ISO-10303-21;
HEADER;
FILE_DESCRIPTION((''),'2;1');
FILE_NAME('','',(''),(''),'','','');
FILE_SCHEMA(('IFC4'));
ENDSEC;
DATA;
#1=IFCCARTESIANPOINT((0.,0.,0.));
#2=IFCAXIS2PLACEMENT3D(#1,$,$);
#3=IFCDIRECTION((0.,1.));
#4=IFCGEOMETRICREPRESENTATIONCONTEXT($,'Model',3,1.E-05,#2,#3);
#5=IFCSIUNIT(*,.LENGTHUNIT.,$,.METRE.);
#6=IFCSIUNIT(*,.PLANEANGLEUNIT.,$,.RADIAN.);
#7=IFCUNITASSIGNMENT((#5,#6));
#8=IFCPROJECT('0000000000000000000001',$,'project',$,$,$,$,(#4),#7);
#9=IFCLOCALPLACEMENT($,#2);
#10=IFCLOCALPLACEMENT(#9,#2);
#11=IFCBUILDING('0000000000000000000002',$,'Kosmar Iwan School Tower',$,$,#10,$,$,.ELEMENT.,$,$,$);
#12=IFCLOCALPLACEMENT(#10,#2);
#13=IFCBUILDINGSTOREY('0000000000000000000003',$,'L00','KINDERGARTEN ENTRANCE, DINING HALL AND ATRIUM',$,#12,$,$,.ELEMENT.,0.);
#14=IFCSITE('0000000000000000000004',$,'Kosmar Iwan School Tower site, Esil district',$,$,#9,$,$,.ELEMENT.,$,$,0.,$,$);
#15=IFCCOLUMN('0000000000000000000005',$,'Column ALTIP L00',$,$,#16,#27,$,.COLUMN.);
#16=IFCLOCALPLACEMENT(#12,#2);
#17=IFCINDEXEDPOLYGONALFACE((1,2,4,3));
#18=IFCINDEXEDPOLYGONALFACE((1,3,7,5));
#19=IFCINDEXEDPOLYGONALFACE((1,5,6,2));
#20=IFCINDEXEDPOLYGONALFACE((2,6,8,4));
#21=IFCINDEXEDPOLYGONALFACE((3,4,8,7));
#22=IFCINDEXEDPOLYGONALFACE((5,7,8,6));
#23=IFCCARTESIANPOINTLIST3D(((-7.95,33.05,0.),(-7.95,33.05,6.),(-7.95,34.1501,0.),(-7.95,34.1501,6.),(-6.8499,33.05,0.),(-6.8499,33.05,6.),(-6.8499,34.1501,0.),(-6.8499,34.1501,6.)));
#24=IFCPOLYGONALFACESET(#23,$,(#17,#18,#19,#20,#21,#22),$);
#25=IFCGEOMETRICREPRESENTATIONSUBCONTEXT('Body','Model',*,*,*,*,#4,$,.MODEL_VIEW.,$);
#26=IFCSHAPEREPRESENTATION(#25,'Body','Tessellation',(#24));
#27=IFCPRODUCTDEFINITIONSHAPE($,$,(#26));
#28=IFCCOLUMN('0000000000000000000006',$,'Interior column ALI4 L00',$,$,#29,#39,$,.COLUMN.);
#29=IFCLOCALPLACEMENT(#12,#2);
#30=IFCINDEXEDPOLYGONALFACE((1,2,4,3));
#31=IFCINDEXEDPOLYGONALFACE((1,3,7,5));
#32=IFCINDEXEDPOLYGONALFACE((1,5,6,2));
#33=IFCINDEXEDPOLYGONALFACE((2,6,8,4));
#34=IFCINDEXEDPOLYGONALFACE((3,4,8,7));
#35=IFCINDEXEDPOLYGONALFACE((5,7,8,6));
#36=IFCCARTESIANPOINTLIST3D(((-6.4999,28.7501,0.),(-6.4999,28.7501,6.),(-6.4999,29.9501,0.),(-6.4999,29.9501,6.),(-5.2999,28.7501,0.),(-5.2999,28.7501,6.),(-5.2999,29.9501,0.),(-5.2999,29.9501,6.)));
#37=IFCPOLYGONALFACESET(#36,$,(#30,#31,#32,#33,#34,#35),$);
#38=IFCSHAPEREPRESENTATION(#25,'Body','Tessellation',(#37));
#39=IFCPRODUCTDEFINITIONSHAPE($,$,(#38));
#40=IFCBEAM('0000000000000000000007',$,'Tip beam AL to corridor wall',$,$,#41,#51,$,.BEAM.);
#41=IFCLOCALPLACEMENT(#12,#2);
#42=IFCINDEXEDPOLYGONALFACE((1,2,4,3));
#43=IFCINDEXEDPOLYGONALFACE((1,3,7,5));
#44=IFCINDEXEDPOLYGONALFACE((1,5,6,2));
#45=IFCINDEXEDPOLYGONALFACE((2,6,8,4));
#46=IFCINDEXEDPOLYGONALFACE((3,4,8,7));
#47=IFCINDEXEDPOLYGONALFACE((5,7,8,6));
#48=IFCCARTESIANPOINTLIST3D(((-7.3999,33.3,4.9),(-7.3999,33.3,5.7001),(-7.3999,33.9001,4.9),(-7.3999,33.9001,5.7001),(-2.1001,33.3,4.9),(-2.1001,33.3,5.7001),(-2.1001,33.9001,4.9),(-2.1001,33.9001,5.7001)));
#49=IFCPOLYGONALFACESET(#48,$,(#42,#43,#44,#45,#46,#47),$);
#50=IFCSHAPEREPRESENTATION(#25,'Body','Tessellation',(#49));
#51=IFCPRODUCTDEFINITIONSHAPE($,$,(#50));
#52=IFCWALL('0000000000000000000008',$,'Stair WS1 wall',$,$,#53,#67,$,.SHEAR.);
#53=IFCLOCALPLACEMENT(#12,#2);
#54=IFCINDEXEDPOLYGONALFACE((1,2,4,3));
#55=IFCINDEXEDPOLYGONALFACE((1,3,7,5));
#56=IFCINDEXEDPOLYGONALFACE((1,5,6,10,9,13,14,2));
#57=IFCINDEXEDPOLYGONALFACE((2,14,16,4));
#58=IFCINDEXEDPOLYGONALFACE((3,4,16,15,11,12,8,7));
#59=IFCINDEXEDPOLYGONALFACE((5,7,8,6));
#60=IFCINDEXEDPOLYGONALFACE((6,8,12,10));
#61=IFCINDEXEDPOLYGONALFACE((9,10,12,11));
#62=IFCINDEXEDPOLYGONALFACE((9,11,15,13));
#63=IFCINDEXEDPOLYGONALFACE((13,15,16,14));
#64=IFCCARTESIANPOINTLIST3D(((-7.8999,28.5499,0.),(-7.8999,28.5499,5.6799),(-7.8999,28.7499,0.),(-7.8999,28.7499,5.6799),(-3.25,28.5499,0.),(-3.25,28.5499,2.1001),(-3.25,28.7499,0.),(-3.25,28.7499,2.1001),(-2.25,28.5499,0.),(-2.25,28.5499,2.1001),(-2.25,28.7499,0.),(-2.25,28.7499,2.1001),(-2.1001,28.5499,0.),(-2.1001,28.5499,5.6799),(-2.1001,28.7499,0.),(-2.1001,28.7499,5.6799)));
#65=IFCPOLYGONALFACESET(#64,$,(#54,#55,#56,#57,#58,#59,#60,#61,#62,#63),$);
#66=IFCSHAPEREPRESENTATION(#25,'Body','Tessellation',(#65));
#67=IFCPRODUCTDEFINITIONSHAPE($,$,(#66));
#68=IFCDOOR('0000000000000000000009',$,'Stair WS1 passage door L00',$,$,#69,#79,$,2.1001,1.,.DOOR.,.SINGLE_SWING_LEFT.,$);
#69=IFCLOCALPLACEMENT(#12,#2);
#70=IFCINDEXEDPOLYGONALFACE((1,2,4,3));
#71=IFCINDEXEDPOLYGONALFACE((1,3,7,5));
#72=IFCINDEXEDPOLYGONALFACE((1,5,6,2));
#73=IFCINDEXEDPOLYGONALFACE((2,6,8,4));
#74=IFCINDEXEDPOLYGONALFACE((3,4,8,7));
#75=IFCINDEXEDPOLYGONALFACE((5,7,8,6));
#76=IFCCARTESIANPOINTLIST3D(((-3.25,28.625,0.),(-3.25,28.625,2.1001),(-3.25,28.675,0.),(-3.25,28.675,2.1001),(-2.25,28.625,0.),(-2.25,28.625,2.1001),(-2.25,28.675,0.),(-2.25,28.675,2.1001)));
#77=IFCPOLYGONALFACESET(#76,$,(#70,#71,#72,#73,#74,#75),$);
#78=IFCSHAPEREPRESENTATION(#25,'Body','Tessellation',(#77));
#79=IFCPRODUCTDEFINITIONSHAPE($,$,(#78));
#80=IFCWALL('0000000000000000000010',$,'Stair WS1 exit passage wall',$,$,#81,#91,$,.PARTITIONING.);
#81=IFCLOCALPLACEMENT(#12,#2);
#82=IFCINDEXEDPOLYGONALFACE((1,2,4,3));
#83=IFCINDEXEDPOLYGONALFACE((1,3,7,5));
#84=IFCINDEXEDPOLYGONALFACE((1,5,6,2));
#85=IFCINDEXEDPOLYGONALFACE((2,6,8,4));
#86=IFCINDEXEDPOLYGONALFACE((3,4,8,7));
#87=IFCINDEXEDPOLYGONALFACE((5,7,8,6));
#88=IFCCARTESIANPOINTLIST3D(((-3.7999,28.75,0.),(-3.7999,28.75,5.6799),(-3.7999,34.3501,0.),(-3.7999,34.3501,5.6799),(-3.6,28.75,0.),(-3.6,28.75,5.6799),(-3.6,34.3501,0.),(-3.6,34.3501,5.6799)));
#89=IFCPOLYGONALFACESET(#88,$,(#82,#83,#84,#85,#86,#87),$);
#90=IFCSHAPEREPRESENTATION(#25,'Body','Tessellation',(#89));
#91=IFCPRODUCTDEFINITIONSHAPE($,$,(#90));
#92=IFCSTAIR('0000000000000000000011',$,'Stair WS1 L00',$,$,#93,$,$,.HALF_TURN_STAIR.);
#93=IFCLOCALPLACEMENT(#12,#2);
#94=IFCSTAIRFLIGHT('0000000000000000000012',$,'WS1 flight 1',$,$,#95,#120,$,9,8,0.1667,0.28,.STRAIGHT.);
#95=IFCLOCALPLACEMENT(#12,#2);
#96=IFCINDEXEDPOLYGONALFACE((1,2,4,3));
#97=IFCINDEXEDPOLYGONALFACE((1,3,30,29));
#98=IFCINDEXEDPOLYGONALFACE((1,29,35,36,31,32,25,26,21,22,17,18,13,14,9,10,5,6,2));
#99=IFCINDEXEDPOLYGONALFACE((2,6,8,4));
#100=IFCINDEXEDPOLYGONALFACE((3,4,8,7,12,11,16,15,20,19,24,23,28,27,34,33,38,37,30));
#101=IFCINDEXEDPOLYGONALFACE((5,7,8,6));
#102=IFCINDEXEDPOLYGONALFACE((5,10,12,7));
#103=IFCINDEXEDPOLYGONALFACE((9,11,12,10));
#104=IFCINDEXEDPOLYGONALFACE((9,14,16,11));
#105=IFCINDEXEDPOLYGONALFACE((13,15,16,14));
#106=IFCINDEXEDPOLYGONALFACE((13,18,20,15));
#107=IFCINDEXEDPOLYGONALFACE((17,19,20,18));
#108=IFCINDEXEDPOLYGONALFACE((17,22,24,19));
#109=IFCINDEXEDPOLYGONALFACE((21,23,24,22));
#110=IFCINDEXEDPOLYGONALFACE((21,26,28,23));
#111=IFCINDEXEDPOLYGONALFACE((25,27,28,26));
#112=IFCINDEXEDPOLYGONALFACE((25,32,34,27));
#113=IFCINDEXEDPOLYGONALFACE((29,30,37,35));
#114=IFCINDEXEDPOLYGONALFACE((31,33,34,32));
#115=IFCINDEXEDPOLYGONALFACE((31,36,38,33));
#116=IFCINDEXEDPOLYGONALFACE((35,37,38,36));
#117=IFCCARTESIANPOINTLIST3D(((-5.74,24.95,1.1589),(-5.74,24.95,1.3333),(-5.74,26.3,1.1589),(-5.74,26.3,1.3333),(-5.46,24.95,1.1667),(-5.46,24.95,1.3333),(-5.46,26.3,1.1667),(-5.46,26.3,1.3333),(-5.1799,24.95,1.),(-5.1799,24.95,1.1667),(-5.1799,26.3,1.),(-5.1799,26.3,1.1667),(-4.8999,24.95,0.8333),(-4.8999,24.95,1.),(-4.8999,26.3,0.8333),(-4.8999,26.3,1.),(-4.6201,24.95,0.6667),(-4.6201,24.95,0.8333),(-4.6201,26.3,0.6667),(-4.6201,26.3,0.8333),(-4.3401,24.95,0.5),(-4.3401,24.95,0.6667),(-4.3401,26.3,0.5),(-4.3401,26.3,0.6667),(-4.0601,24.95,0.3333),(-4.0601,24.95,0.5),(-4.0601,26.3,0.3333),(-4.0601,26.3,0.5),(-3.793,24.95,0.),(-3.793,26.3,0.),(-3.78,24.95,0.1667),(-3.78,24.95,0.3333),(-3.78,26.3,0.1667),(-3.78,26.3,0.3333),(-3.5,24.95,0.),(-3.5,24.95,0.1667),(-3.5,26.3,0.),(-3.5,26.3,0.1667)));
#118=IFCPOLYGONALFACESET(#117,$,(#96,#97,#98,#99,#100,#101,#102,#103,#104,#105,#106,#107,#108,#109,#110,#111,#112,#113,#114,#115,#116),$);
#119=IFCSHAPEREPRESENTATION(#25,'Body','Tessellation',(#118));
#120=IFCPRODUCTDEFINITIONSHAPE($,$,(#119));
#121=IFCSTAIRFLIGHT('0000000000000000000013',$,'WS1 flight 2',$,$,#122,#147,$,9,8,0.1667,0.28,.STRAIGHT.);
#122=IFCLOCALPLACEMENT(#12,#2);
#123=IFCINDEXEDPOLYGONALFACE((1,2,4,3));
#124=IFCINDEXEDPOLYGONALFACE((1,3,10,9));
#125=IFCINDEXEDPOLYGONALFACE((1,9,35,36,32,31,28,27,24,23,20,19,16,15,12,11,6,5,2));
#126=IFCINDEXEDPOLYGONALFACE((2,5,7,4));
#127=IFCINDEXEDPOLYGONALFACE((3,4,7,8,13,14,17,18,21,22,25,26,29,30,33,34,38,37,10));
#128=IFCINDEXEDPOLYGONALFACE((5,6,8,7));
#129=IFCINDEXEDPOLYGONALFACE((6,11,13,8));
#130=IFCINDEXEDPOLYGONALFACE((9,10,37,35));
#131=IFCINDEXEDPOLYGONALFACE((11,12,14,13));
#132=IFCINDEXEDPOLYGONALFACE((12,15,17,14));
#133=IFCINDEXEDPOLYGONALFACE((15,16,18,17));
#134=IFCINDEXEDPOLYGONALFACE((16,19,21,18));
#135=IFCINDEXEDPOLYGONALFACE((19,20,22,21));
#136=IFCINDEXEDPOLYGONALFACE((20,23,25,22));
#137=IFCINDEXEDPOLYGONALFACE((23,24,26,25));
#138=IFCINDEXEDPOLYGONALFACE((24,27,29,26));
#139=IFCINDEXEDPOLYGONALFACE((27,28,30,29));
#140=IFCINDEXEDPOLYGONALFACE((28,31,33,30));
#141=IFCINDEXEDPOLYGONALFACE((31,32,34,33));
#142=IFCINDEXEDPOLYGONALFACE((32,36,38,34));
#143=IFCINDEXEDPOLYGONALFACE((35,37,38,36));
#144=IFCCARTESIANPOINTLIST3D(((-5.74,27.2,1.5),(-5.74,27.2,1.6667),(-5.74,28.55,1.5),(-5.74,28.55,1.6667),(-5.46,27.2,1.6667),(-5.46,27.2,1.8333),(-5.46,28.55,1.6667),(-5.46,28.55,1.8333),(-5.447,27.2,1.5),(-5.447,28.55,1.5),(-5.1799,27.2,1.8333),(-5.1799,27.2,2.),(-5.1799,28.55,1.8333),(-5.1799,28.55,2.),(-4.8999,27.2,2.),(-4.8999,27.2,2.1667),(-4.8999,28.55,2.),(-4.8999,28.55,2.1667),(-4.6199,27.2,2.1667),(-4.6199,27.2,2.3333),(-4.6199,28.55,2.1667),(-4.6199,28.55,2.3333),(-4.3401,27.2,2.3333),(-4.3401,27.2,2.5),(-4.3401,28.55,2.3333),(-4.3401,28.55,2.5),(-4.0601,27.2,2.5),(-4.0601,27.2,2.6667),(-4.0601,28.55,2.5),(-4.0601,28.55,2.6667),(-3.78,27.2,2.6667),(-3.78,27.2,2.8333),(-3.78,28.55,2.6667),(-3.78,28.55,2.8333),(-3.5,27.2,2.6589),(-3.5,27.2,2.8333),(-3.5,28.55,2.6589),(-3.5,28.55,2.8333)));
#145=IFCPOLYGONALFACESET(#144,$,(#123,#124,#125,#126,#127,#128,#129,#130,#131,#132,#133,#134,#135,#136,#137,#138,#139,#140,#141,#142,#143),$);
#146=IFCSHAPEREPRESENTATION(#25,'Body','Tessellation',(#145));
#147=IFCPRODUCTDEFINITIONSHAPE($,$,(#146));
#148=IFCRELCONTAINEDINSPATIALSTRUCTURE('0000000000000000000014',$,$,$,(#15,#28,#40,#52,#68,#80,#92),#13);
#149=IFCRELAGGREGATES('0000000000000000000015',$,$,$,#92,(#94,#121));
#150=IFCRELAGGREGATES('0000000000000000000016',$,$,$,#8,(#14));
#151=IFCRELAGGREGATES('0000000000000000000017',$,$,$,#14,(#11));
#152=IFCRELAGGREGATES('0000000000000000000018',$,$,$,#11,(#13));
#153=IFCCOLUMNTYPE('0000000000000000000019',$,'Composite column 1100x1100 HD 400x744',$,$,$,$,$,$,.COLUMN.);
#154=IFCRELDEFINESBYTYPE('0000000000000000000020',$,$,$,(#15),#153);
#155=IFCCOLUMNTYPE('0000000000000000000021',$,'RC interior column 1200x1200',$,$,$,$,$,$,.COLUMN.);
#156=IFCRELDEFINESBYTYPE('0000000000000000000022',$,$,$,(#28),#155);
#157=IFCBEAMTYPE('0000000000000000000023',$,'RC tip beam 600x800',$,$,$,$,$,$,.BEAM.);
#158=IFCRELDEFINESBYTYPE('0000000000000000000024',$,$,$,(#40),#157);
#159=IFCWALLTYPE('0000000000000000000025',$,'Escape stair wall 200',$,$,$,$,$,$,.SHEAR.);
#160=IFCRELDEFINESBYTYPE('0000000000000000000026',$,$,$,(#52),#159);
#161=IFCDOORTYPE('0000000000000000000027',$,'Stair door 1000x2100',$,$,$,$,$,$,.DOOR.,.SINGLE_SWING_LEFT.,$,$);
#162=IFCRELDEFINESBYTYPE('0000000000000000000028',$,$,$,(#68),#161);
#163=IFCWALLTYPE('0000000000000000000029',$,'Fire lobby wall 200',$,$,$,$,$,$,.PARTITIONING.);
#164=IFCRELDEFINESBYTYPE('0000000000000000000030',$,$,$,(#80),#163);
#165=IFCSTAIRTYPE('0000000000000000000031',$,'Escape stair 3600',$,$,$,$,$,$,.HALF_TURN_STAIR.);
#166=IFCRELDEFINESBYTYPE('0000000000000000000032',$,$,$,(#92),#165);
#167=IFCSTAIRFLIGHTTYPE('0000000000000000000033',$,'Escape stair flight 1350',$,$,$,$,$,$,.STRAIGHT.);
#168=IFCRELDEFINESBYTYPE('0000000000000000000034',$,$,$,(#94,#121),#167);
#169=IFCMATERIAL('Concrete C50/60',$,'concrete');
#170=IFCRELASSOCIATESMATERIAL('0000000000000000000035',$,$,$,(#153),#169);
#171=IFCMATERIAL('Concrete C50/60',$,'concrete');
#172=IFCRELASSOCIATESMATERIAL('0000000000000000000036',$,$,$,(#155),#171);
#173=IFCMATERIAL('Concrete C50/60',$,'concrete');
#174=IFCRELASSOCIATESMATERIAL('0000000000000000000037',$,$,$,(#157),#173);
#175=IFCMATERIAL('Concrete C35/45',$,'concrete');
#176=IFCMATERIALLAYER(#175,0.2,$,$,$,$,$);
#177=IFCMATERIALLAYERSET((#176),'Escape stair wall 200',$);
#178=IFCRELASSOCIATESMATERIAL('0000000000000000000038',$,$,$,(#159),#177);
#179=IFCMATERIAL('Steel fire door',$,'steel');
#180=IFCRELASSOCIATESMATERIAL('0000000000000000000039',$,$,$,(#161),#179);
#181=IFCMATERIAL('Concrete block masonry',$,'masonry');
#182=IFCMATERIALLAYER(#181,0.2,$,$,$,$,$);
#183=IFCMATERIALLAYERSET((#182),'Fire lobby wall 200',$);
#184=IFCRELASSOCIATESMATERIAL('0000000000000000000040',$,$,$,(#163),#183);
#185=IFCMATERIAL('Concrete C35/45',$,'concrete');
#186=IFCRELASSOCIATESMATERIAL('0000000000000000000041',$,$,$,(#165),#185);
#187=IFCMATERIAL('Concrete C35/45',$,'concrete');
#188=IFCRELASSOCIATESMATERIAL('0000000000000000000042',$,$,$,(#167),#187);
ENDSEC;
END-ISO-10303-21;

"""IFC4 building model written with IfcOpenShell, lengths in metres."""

from ifc_helpers import new_model, si_unit, direction, frame, frame_2d, origin, origin_2d, place, context, subcontext, project, spatial, polyline, rectangle, outline, extrude, material, layer, layer_set, material_profile, profile_set, type_object, element, fill, aggregate, save


model = new_model("IFC4")

# Units and contexts
model_context = context("Model", 3, precision=1e-05, world=origin(), true_north=direction((0.0, 1.0)))
body_context = subcontext(model_context, "Body", "Model", "MODEL_VIEW")
ifc_project = project(units=[si_unit("LENGTHUNIT", "METRE"), si_unit("PLANEANGLEUNIT", "RADIAN")], contexts=[model_context])

# Site, building, storey
site_placement = place(None, origin())
site = spatial("IfcSite", under=ifc_project, at=site_placement, Name="Kosmar Iwan School Tower site, Esil district", CompositionType="ELEMENT", RefElevation=0.0)
building_placement = place(site_placement, origin())
building = spatial("IfcBuilding", under=site, at=building_placement, Name="Kosmar Iwan School Tower", CompositionType="ELEMENT")
storey_placement = place(building_placement, origin())
storey = spatial("IfcBuildingStorey", under=building, at=storey_placement, Name="L00", Description="KINDERGARTEN ENTRANCE, DINING HALL AND ATRIUM", CompositionType="ELEMENT", Elevation=0.0)

# Columns
ifc_material_1 = material(Name="Concrete C50/60", Category="concrete")
ifc_material_profile_1 = material_profile(ifc_material_1, rectangle(XDim=1.1001, YDim=1.1001, at=origin_2d()), Name="RC 1100x1100 + HD 400x744")
ifc_profile_set_1 = profile_set([ifc_material_profile_1], Name="Concrete C50/60")
column_type_1 = type_object("IfcColumnType", Name="Composite column 1100x1100 HD 400x744", PredefinedType="COLUMN", material=ifc_profile_set_1)
column_1_placement = place(storey_placement, frame((-7.3999, 33.6001, 0.0), z_axis=(0.0, 0.0, 1.0), x_axis=(0.0, 1.0, 0.0)))
element("IfcColumn", 1, at=column_1_placement, inside=storey, type_object=column_type_1, Name="Column ALTIP L00", PredefinedType="COLUMN", context=body_context, shape_type="SweptSolid", body=[
    extrude(rectangle(XDim=1.1001, YDim=1.1001, at=origin_2d()), origin(), (0.0, 0.0, 1.0), 6.0),
])
ifc_material_2 = material(Name="Concrete C50/60", Category="concrete")
ifc_material_profile_2 = material_profile(ifc_material_2, rectangle(XDim=1.2, YDim=1.2, at=origin_2d()), Name="RC 1200x1200")
ifc_profile_set_2 = profile_set([ifc_material_profile_2], Name="Concrete C50/60")
column_type_2 = type_object("IfcColumnType", Name="RC interior column 1200x1200", PredefinedType="COLUMN", material=ifc_profile_set_2)
column_2_placement = place(storey_placement, frame((-5.8999, 29.3501, 0.0), z_axis=(0.0, 0.0, 1.0), x_axis=(0.0, 1.0, 0.0)))
element("IfcColumn", 2, at=column_2_placement, inside=storey, type_object=column_type_2, Name="Interior column ALI4 L00", PredefinedType="COLUMN", context=body_context, shape_type="SweptSolid", body=[
    extrude(rectangle(XDim=1.2, YDim=1.2, at=origin_2d()), origin(), (0.0, 0.0, 1.0), 6.0),
])

# Beam
ifc_material_3 = material(Name="Concrete C50/60", Category="concrete")
ifc_material_profile_3 = material_profile(ifc_material_3, rectangle(XDim=0.6001, YDim=0.8, at=origin_2d()), Name="RC 600x800")
ifc_profile_set_3 = profile_set([ifc_material_profile_3], Name="Concrete C50/60")
beam_type = type_object("IfcBeamType", Name="RC tip beam 600x800", PredefinedType="BEAM", material=ifc_profile_set_3)
beam_placement = place(storey_placement, frame((-7.3999, 33.6001, 5.3), z_axis=(1.0, 0.0, 0.0), x_axis=(0.0, 1.0, 0.0)))
element("IfcBeam", 3, at=beam_placement, inside=storey, type_object=beam_type, Name="Tip beam AL to corridor wall", PredefinedType="BEAM", context=body_context, shape_type="SweptSolid", body=[
    extrude(rectangle(XDim=0.6001, YDim=0.8, at=origin_2d()), origin(), (0.0, 0.0, 1.0), 5.2998),
])

# Wall, opening, door
ifc_material_4 = material(Name="Concrete C35/45", Category="concrete")
ifc_layer_1 = layer(ifc_material_4, 0.2)
ifc_layer_set_1 = layer_set([ifc_layer_1], Name="Escape stair wall 200")
wall_type_1 = type_object("IfcWallType", Name="Escape stair wall 200", PredefinedType="SHEAR", material=ifc_layer_set_1)
wall_1_placement = place(storey_placement, frame((-2.1001, 28.6499, 0.0), z_axis=(0.0, 0.0, 1.0), x_axis=(-1.0, 0.0, 0.0)))
wall_1 = element("IfcWall", 4, at=wall_1_placement, inside=storey, type_object=wall_type_1, Name="Stair WS1 wall", PredefinedType="SHEAR", context=body_context, shape_type="SweptSolid", body=[
    extrude(rectangle(XDim=5.7998, YDim=0.2, at=frame_2d((2.8999, 0.0))), origin(), (0.0, 0.0, 1.0), 5.6799),
])
opening_1_placement = place(wall_1_placement, frame((0.1499, 0.0, 0.0)))
opening_1 = element("IfcOpeningElement", 5, at=opening_1_placement, cuts=wall_1, PredefinedType="OPENING", context=body_context, shape_type="SweptSolid", body=[
    extrude(rectangle(XDim=1.0, YDim=2.1001, at=frame_2d((0.5, 1.05))), frame((0.0, 0.1121, 0.0), z_axis=(0.0, -1.0, 0.0), x_axis=(1.0, 0.0, 0.0)), (0.0, 0.0, 1.0), 0.2239),
])
ifc_material_5 = material(Name="Steel fire door", Category="steel")
door_type_1 = type_object("IfcDoorType", Name="Stair door 1000x2100", OperationType="SINGLE_SWING_LEFT", PredefinedType="DOOR", material=ifc_material_5)
door_1_placement = place(opening_1_placement, origin())
door_1 = element("IfcDoor", 6, at=door_1_placement, inside=storey, type_object=door_type_1, Name="Stair WS1 passage door L00", OperationType="SINGLE_SWING_LEFT", OverallHeight=2.1001, OverallWidth=1.0, PredefinedType="DOOR", context=body_context, shape_type="SweptSolid", body=[
    extrude(rectangle(XDim=1.0, YDim=2.1001, at=frame_2d((0.5, 1.05))), frame((0.0, 0.0249, 0.0), z_axis=(0.0, -1.0, 0.0), x_axis=(1.0, 0.0, 0.0)), (0.0, 0.0, 1.0), 0.05),
])
fill(opening_1, door_1)

# Wall
ifc_material_6 = material(Name="Concrete block masonry", Category="masonry")
ifc_layer_2 = layer(ifc_material_6, 0.2)
ifc_layer_set_2 = layer_set([ifc_layer_2], Name="Fire lobby wall 200")
wall_type_2 = type_object("IfcWallType", Name="Fire lobby wall 200", PredefinedType="PARTITIONING", material=ifc_layer_set_2)
wall_2_placement = place(storey_placement, frame((-3.7, 28.75, 0.0), z_axis=(0.0, 0.0, 1.0), x_axis=(0.0, 1.0, 0.0)))
element("IfcWall", 7, at=wall_2_placement, inside=storey, type_object=wall_type_2, Name="Stair WS1 exit passage wall", PredefinedType="PARTITIONING", context=body_context, shape_type="SweptSolid", body=[
    extrude(rectangle(XDim=5.6001, YDim=0.2, at=frame_2d((2.8, 0.0))), origin(), (0.0, 0.0, 1.0), 5.6799),
])

# Stair, stair flights
ifc_material_7 = material(Name="Concrete C35/45", Category="concrete")
stair_type = type_object("IfcStairType", Name="Escape stair 3600", PredefinedType="HALF_TURN_STAIR", material=ifc_material_7)
stair_placement = place(storey_placement, origin())
stair = element("IfcStair", 8, at=stair_placement, inside=storey, type_object=stair_type, Name="Stair WS1 L00", PredefinedType="HALF_TURN_STAIR")
ifc_material_8 = material(Name="Concrete C35/45", Category="concrete")
stair_flight_type = type_object("IfcStairFlightType", Name="Escape stair flight 1350", PredefinedType="STRAIGHT", material=ifc_material_8)
stair_flight_1_placement = place(storey_placement, frame((-3.5, 25.625, 0.0), z_axis=(0.0, 0.0, 1.0), x_axis=(-1.0, 0.0, 0.0)))
stair_flight_1 = element("IfcStairFlight", 9, at=stair_flight_1_placement, type_object=stair_flight_type, Name="WS1 flight 1", NumberOfRisers=9, NumberOfTreads=8, PredefinedType="STRAIGHT", RiserHeight=0.1667, TreadLength=0.28, context=body_context, shape_type="SweptSolid", body=[
    extrude(outline(polyline([(0.0, 0.0), (0.0, 0.1667), (0.28, 0.1667), (0.28, 0.3333), (0.5601, 0.3333), (0.5601, 0.5), (0.8401, 0.5), (0.8401, 0.6667), (1.1201, 0.6667), (1.1201, 0.8333), (1.3999, 0.8333), (1.3999, 1.0), (1.6799, 1.0), (1.6799, 1.1667), (1.96, 1.1667), (1.96, 1.3333), (2.24, 1.3333), (2.24, 1.5), (2.24, 1.1589), (0.293, 0.0), (0.0, 0.0)])), frame((0.0, 0.675, 0.0), z_axis=(0.0, -1.0, 0.0), x_axis=(1.0, 0.0, 0.0)), (0.0, 0.0, 1.0), 1.3501),
])
stair_flight_2_placement = place(storey_placement, frame((-5.74, 27.875, 1.5), z_axis=(0.0, 0.0, 1.0), x_axis=(1.0, 0.0, 0.0)))
stair_flight_2 = element("IfcStairFlight", 10, at=stair_flight_2_placement, type_object=stair_flight_type, Name="WS1 flight 2", NumberOfRisers=9, NumberOfTreads=8, PredefinedType="STRAIGHT", RiserHeight=0.1667, TreadLength=0.28, context=body_context, shape_type="SweptSolid", body=[
    extrude(outline(polyline([(0.0, 0.0), (0.0, 0.1667), (0.28, 0.1667), (0.28, 0.3333), (0.5601, 0.3333), (0.5601, 0.5), (0.8401, 0.5), (0.8401, 0.6667), (1.1201, 0.6667), (1.1201, 0.8333), (1.3999, 0.8333), (1.3999, 1.0), (1.6799, 1.0), (1.6799, 1.1667), (1.96, 1.1667), (1.96, 1.3333), (2.24, 1.3333), (2.24, 1.5), (2.24, 1.1589), (0.293, 0.0), (0.0, 0.0)])), frame((0.0, 0.675, 0.0), z_axis=(0.0, -1.0, 0.0), x_axis=(1.0, 0.0, 0.0)), (0.0, 0.0, 1.0), 1.3501),
])
aggregate(stair, [stair_flight_1, stair_flight_2])

save(model, "model.ifc")
